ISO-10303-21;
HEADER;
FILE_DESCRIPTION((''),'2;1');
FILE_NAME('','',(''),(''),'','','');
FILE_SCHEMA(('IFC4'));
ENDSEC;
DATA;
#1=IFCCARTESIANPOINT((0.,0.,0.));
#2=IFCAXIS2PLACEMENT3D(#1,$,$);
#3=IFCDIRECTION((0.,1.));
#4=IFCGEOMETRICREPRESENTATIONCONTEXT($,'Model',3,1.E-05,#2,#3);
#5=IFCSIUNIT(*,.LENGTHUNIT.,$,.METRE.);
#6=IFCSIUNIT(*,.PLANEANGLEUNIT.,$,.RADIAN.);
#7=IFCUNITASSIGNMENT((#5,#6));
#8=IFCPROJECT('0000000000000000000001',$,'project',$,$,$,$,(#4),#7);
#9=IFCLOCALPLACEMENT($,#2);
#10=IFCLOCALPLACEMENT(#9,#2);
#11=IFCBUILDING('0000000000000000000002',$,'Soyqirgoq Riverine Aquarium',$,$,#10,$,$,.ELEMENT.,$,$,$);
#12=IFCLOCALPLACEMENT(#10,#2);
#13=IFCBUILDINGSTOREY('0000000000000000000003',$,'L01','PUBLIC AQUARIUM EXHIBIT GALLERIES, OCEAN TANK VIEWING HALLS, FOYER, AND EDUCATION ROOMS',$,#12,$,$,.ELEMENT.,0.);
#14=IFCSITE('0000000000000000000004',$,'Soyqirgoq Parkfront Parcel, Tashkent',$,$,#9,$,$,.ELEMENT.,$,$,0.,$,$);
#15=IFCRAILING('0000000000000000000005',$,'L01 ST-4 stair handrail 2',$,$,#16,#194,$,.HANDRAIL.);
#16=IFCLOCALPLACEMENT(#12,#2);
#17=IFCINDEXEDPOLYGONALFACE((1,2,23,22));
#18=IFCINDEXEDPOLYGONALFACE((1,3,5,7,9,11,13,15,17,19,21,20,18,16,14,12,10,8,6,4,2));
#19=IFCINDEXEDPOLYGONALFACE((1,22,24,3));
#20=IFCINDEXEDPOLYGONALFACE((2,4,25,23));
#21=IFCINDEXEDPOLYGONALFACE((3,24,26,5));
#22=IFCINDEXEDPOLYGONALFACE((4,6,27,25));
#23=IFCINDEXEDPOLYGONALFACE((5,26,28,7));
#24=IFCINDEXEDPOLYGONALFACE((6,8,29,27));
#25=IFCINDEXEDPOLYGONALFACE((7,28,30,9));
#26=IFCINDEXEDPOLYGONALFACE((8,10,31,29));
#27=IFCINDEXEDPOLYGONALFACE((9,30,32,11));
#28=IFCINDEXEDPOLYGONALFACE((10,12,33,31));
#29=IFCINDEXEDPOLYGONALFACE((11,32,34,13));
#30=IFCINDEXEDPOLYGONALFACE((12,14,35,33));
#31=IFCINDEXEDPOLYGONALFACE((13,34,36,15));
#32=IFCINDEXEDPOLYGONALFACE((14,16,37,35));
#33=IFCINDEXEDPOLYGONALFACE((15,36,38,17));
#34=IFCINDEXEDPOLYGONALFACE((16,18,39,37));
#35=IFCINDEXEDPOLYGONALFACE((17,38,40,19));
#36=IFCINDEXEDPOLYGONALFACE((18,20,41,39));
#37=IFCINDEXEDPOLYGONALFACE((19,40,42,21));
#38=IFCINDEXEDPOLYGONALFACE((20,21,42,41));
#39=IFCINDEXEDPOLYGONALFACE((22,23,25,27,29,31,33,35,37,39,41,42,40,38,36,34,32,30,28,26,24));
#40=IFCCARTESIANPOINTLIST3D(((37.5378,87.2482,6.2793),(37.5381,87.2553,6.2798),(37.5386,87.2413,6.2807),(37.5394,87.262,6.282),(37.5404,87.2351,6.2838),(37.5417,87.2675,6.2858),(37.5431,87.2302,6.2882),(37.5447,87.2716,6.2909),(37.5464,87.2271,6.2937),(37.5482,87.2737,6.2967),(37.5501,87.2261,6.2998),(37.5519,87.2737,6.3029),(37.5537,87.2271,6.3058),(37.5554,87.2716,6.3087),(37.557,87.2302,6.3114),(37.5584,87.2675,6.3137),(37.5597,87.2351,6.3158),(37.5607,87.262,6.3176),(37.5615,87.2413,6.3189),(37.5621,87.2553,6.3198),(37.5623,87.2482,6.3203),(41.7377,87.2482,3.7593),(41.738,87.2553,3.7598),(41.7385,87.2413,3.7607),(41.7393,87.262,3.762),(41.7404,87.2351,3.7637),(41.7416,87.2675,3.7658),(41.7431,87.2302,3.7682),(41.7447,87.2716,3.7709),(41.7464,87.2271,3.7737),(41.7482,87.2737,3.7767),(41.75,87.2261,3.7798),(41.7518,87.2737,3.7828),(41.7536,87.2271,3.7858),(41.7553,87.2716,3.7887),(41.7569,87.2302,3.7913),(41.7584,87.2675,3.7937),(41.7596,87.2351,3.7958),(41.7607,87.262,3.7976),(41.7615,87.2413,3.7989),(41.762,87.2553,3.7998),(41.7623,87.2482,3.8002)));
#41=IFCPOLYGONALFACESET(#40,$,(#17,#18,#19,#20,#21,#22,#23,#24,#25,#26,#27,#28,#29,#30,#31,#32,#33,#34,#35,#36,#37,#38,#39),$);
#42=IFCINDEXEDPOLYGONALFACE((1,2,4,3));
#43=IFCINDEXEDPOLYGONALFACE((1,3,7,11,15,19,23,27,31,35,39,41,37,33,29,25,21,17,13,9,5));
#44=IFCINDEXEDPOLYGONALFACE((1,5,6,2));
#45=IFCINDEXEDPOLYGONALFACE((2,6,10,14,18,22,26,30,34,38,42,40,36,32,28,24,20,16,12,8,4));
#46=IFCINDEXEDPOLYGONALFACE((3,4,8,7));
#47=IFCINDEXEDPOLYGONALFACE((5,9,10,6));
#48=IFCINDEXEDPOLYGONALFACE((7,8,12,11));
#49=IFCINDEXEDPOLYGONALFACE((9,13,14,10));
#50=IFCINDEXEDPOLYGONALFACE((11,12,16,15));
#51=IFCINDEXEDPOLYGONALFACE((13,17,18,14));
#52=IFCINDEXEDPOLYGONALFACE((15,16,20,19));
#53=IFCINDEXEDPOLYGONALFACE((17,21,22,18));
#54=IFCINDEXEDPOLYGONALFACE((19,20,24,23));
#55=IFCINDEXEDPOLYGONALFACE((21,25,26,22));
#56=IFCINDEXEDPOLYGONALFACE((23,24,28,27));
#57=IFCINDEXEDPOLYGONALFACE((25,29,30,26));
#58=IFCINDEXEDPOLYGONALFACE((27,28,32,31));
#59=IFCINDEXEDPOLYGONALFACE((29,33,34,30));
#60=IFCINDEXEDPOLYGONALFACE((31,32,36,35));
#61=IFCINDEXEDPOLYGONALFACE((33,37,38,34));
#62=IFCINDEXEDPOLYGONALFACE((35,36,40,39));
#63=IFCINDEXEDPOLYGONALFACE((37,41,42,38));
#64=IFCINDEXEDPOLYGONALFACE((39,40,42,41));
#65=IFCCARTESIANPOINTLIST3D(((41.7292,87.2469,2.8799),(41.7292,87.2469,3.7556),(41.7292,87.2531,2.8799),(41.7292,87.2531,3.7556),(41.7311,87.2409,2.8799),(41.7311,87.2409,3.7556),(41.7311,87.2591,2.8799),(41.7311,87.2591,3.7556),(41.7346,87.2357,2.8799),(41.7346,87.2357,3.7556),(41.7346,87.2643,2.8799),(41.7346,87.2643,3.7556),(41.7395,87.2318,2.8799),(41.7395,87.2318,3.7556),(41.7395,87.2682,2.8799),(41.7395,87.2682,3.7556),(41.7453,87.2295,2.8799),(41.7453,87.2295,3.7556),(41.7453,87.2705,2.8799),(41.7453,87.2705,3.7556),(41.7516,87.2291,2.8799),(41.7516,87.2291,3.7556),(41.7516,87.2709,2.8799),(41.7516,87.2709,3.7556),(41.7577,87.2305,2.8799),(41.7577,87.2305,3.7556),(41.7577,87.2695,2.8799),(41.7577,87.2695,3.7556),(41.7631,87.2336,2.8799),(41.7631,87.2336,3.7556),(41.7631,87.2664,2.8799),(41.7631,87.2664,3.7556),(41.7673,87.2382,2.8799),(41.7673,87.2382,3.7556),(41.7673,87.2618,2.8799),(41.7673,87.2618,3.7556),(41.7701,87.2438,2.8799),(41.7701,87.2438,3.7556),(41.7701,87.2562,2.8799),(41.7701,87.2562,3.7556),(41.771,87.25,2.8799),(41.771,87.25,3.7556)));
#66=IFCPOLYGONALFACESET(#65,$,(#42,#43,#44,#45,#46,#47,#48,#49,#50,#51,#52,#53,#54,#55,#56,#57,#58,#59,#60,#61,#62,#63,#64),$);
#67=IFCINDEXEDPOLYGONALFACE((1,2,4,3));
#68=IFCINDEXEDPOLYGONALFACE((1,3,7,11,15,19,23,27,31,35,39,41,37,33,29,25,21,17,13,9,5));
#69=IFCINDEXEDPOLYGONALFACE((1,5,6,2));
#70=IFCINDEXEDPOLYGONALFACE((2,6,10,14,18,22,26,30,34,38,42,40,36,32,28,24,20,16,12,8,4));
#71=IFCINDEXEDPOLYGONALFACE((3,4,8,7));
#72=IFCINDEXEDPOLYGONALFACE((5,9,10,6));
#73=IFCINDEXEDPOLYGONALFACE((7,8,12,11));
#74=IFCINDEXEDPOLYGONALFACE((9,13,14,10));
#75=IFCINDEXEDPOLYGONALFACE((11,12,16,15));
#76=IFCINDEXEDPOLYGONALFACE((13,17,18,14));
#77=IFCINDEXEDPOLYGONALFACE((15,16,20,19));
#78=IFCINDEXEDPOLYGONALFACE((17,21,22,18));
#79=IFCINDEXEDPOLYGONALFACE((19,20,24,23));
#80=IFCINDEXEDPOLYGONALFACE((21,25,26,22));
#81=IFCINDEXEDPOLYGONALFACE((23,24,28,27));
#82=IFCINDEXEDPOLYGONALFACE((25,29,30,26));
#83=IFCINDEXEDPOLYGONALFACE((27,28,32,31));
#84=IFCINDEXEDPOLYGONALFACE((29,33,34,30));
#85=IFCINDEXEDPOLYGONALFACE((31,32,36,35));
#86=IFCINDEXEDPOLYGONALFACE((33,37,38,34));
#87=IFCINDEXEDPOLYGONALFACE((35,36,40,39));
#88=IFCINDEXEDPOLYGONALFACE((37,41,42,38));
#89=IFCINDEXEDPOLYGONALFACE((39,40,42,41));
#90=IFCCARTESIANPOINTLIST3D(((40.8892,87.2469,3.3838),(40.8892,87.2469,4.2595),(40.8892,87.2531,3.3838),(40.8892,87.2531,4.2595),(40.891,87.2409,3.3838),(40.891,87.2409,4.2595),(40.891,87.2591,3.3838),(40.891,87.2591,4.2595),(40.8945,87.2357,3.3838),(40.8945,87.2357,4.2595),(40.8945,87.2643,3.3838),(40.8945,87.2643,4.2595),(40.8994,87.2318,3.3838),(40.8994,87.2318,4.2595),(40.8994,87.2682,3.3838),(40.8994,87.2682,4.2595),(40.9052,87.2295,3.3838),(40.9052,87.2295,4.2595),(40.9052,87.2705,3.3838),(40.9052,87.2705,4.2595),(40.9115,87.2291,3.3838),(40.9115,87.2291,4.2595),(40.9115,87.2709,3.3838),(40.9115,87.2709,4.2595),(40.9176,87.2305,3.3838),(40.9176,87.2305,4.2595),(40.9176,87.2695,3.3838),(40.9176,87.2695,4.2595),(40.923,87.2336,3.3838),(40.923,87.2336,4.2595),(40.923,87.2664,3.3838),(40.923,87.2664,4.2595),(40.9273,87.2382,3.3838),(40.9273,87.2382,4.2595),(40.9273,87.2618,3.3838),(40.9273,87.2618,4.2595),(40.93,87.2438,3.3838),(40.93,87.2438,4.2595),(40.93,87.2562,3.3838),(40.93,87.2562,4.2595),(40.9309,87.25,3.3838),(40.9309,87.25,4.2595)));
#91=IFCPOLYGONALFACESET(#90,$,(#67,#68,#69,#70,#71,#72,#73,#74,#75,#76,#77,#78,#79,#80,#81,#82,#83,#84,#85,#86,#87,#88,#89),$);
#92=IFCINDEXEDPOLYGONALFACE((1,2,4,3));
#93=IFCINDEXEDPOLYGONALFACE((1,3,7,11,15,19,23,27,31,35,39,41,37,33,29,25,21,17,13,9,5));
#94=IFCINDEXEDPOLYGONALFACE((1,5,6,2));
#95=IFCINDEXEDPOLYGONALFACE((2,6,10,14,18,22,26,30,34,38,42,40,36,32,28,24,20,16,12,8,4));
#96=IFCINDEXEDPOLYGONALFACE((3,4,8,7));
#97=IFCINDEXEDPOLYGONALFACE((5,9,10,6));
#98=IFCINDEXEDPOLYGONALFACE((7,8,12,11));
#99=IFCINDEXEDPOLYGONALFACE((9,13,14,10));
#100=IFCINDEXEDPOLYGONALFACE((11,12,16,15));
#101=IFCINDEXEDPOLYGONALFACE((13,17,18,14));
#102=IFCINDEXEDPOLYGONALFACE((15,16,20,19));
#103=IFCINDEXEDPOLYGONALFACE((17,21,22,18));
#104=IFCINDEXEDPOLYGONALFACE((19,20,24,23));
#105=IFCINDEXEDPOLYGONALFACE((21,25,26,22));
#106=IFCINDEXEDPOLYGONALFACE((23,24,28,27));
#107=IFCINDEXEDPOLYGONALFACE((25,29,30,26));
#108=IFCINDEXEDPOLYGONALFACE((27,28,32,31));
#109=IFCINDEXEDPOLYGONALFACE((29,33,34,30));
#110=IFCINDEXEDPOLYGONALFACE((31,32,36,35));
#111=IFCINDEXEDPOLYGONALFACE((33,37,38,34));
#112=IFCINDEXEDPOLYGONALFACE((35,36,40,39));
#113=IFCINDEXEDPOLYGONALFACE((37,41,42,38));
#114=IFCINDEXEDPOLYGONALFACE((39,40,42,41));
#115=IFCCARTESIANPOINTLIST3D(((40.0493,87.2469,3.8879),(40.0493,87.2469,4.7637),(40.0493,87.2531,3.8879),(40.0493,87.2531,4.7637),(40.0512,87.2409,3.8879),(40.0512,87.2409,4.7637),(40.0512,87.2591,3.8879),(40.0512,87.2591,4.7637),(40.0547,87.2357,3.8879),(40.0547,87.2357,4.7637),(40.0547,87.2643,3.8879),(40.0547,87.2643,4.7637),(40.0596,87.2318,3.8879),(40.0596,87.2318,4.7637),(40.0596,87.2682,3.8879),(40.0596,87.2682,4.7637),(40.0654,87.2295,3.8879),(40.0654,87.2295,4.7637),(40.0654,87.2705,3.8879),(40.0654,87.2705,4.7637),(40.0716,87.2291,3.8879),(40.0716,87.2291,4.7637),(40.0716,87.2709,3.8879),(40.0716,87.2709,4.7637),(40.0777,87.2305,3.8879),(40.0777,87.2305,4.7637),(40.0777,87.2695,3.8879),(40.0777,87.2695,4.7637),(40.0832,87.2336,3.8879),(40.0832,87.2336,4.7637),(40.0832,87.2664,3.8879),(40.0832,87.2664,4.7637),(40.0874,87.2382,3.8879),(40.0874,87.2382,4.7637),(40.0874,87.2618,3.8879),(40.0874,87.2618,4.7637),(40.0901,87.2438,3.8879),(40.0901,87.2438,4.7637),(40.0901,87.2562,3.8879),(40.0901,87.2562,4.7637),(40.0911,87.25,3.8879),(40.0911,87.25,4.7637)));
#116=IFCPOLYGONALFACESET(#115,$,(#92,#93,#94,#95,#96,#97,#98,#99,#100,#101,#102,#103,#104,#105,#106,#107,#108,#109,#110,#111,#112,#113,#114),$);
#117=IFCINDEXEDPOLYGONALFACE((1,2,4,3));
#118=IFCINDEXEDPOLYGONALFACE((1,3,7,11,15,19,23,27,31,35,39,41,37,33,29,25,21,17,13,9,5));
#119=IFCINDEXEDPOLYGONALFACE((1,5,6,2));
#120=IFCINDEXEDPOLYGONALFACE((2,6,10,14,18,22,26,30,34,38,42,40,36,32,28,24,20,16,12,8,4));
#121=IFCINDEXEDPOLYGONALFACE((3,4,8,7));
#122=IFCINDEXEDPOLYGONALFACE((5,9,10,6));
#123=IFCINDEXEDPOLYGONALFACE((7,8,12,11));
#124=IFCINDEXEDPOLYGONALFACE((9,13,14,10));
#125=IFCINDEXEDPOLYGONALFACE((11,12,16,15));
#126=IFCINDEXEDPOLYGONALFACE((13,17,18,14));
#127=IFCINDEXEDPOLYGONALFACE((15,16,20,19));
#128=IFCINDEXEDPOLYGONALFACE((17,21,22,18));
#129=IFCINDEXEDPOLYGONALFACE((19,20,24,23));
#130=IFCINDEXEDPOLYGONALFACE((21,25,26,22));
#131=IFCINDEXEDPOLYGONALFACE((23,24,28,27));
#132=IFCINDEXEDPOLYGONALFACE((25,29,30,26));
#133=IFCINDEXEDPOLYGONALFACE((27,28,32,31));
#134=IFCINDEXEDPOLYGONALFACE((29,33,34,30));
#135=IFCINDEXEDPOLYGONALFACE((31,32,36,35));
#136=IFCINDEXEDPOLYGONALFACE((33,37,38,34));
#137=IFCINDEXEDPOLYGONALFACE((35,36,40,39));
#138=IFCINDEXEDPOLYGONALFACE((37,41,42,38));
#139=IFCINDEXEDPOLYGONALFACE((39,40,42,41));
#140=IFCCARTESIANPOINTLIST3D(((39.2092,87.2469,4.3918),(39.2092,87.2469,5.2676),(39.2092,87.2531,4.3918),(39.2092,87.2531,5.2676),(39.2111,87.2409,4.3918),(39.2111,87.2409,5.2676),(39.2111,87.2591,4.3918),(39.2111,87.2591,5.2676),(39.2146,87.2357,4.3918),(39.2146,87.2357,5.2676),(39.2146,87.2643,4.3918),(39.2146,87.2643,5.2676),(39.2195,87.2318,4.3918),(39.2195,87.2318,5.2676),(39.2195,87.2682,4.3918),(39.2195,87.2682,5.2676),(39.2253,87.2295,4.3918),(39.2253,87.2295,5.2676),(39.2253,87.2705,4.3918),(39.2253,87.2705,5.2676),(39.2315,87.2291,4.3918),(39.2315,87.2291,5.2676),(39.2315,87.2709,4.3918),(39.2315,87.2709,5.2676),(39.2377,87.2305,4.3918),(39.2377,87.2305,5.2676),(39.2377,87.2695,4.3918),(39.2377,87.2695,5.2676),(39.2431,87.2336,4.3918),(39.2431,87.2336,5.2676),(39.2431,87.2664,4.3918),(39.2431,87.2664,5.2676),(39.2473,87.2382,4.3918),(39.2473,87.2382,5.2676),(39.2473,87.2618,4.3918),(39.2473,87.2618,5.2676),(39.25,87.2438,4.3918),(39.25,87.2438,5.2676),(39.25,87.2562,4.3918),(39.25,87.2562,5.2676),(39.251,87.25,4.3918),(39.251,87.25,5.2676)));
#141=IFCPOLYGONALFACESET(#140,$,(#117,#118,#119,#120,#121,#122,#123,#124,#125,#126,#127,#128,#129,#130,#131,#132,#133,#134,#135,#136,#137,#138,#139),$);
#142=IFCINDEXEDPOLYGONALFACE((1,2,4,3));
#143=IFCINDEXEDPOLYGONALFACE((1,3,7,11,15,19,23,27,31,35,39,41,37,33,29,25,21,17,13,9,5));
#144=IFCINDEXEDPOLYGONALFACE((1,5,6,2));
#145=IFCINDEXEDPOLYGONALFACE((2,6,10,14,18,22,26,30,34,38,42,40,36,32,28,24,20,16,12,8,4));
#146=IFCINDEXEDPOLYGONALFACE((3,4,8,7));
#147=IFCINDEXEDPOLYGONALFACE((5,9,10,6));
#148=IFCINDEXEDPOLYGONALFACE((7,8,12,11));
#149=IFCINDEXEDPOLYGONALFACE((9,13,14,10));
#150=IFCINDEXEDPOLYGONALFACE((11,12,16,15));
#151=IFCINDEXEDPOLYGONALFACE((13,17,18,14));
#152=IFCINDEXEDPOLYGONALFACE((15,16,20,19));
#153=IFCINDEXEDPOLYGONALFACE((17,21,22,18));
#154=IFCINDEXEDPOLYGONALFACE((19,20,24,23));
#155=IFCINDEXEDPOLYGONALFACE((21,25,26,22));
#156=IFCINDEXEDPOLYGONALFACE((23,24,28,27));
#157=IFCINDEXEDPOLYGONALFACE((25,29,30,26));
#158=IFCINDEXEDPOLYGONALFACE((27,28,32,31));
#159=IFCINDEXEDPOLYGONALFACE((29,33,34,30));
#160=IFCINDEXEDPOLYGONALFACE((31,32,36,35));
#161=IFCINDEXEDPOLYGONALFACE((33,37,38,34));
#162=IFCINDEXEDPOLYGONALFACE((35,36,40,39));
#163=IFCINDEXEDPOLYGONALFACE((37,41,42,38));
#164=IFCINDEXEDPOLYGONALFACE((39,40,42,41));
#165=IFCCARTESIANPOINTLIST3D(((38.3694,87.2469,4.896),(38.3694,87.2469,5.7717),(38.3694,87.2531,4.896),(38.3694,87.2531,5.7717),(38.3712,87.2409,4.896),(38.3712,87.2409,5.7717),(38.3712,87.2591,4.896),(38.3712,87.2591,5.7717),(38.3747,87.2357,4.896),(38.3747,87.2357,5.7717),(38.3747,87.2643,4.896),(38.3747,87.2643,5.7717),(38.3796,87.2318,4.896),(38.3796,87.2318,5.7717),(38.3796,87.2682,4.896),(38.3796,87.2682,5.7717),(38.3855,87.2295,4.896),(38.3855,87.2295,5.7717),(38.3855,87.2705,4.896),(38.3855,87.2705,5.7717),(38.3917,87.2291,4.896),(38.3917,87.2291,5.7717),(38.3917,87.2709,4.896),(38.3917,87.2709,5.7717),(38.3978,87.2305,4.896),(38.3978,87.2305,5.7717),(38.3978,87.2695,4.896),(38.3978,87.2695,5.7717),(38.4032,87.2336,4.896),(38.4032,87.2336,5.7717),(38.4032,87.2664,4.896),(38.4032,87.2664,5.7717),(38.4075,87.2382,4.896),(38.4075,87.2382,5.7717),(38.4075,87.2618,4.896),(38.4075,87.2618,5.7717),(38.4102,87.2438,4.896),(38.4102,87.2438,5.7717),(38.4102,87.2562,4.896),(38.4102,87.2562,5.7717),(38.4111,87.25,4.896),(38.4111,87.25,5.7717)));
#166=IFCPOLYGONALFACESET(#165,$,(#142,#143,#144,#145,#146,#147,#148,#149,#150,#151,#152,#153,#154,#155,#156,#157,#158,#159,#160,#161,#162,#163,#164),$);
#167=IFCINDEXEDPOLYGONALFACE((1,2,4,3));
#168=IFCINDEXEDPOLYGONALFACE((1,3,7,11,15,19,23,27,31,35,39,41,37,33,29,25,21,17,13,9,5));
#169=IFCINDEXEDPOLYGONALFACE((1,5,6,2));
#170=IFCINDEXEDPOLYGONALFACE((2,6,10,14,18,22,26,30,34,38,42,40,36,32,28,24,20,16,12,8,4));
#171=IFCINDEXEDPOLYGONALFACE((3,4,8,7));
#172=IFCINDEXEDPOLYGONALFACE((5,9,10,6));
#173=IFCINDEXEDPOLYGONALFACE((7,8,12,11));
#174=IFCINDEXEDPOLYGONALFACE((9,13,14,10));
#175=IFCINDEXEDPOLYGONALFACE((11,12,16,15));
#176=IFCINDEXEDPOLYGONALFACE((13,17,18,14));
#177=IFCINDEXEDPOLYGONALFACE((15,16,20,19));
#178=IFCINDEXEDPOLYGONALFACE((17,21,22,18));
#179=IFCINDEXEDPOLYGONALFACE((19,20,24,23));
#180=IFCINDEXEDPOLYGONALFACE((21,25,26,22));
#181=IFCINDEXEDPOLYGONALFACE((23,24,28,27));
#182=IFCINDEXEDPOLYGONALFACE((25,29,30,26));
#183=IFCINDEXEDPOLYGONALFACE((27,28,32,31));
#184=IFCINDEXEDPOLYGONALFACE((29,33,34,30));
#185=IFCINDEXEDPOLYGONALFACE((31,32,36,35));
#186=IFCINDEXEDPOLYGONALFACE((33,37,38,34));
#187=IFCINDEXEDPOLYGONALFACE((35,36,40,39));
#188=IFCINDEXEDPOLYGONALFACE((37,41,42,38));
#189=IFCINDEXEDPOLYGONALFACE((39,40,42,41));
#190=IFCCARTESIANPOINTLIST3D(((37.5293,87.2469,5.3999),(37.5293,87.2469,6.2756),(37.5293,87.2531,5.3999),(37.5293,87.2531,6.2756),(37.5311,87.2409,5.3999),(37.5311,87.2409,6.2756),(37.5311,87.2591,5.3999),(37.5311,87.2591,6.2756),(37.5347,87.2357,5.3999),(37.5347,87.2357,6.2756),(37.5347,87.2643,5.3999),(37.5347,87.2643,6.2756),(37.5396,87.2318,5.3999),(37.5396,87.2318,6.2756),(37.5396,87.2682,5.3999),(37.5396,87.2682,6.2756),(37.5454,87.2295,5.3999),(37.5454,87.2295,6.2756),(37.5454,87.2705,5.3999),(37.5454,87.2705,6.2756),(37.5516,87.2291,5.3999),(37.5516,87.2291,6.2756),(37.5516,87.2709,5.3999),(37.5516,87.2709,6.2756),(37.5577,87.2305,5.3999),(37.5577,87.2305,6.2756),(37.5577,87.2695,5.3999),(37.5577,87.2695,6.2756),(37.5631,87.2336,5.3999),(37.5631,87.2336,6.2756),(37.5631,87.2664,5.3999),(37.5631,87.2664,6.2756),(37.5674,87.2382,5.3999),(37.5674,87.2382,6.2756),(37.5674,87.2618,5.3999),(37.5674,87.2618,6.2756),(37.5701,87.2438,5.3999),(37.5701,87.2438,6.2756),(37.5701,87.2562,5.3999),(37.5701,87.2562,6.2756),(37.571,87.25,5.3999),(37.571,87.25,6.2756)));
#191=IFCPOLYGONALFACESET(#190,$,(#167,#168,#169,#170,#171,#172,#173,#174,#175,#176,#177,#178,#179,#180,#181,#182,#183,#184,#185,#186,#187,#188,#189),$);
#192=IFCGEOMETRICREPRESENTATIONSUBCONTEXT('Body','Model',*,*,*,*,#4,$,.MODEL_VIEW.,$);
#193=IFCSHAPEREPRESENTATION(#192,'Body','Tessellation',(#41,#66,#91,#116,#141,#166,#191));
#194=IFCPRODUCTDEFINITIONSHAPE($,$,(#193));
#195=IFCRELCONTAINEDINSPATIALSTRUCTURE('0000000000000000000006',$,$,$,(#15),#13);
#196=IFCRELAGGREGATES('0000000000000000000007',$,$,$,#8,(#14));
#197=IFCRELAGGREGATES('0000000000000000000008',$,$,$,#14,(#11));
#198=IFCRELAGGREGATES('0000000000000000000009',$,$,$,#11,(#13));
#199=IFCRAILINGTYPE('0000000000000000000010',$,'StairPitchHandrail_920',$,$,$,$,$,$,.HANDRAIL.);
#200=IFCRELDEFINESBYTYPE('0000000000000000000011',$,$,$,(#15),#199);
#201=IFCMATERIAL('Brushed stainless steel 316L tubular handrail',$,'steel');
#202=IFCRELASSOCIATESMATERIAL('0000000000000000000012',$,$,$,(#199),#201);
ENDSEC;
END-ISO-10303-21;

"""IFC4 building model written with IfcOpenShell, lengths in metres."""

from ifc_helpers import new_model, si_unit, direction, frame, origin, origin_2d, place, context, subcontext, project, spatial, circle, extrude, material, type_object, element, save


model = new_model("IFC4")

# Units and contexts
model_context = context("Model", 3, precision=1e-05, world=origin(), true_north=direction((0.0, 1.0)))
body_context = subcontext(model_context, "Body", "Model", "MODEL_VIEW")
ifc_project = project(units=[si_unit("LENGTHUNIT", "METRE"), si_unit("PLANEANGLEUNIT", "RADIAN")], contexts=[model_context])

# Site, building, storey
site_placement = place(None, origin())
site = spatial("IfcSite", under=ifc_project, at=site_placement, Name="Soyqirgoq Parkfront Parcel, Tashkent", CompositionType="ELEMENT", RefElevation=0.0)
building_placement = place(site_placement, origin())
building = spatial("IfcBuilding", under=site, at=building_placement, Name="Soyqirgoq Riverine Aquarium", CompositionType="ELEMENT")
storey_placement = place(building_placement, origin())
storey = spatial("IfcBuildingStorey", under=building, at=storey_placement, Name="L01", Description="PUBLIC AQUARIUM EXHIBIT GALLERIES, OCEAN TANK VIEWING HALLS, FOYER, AND EDUCATION ROOMS", CompositionType="ELEMENT", Elevation=0.0)

# Railing
ifc_material_1 = material(Name="Brushed stainless steel 316L tubular handrail", Category="steel")
railing_type_1 = type_object("IfcRailingType", Name="StairPitchHandrail_920", PredefinedType="HANDRAIL", material=ifc_material_1)
railing_1_placement = place(storey_placement, frame((41.75, 87.25, 2.8799)))
element("IfcRailing", 1, at=railing_1_placement, inside=storey, type_object=railing_type_1, Name="L01 ST-4 stair handrail 2", PredefinedType="HANDRAIL", context=body_context, shape_type="SweptSolid", body=[
    extrude(circle(Radius=0.0239, at=origin_2d()), frame((0.0, 0.0, 0.8999), z_axis=(-0.857489, 0.0, 0.514503), x_axis=(0.0, -1.0, 0.0)), (0.0, 0.0, 1.0), 4.8979),
    extrude(circle(Radius=0.021, at=origin_2d()), origin(), (0.0, 0.0, 1.0), 0.8757),
    extrude(circle(Radius=0.021, at=origin_2d()), frame((-0.8401, 0.0, 0.5039)), (0.0, 0.0, 1.0), 0.8757),
    extrude(circle(Radius=0.021, at=origin_2d()), frame((-1.6799, 0.0, 1.0081)), (0.0, 0.0, 1.0), 0.8757),
    extrude(circle(Radius=0.021, at=origin_2d()), frame((-2.52, 0.0, 1.512)), (0.0, 0.0, 1.0), 0.8757),
    extrude(circle(Radius=0.021, at=origin_2d()), frame((-3.3599, 0.0, 2.0161)), (0.0, 0.0, 1.0), 0.8757),
    extrude(circle(Radius=0.021, at=origin_2d()), frame((-4.2, 0.0, 2.52)), (0.0, 0.0, 1.0), 0.8757),
])

save(model, "model.ifc")
